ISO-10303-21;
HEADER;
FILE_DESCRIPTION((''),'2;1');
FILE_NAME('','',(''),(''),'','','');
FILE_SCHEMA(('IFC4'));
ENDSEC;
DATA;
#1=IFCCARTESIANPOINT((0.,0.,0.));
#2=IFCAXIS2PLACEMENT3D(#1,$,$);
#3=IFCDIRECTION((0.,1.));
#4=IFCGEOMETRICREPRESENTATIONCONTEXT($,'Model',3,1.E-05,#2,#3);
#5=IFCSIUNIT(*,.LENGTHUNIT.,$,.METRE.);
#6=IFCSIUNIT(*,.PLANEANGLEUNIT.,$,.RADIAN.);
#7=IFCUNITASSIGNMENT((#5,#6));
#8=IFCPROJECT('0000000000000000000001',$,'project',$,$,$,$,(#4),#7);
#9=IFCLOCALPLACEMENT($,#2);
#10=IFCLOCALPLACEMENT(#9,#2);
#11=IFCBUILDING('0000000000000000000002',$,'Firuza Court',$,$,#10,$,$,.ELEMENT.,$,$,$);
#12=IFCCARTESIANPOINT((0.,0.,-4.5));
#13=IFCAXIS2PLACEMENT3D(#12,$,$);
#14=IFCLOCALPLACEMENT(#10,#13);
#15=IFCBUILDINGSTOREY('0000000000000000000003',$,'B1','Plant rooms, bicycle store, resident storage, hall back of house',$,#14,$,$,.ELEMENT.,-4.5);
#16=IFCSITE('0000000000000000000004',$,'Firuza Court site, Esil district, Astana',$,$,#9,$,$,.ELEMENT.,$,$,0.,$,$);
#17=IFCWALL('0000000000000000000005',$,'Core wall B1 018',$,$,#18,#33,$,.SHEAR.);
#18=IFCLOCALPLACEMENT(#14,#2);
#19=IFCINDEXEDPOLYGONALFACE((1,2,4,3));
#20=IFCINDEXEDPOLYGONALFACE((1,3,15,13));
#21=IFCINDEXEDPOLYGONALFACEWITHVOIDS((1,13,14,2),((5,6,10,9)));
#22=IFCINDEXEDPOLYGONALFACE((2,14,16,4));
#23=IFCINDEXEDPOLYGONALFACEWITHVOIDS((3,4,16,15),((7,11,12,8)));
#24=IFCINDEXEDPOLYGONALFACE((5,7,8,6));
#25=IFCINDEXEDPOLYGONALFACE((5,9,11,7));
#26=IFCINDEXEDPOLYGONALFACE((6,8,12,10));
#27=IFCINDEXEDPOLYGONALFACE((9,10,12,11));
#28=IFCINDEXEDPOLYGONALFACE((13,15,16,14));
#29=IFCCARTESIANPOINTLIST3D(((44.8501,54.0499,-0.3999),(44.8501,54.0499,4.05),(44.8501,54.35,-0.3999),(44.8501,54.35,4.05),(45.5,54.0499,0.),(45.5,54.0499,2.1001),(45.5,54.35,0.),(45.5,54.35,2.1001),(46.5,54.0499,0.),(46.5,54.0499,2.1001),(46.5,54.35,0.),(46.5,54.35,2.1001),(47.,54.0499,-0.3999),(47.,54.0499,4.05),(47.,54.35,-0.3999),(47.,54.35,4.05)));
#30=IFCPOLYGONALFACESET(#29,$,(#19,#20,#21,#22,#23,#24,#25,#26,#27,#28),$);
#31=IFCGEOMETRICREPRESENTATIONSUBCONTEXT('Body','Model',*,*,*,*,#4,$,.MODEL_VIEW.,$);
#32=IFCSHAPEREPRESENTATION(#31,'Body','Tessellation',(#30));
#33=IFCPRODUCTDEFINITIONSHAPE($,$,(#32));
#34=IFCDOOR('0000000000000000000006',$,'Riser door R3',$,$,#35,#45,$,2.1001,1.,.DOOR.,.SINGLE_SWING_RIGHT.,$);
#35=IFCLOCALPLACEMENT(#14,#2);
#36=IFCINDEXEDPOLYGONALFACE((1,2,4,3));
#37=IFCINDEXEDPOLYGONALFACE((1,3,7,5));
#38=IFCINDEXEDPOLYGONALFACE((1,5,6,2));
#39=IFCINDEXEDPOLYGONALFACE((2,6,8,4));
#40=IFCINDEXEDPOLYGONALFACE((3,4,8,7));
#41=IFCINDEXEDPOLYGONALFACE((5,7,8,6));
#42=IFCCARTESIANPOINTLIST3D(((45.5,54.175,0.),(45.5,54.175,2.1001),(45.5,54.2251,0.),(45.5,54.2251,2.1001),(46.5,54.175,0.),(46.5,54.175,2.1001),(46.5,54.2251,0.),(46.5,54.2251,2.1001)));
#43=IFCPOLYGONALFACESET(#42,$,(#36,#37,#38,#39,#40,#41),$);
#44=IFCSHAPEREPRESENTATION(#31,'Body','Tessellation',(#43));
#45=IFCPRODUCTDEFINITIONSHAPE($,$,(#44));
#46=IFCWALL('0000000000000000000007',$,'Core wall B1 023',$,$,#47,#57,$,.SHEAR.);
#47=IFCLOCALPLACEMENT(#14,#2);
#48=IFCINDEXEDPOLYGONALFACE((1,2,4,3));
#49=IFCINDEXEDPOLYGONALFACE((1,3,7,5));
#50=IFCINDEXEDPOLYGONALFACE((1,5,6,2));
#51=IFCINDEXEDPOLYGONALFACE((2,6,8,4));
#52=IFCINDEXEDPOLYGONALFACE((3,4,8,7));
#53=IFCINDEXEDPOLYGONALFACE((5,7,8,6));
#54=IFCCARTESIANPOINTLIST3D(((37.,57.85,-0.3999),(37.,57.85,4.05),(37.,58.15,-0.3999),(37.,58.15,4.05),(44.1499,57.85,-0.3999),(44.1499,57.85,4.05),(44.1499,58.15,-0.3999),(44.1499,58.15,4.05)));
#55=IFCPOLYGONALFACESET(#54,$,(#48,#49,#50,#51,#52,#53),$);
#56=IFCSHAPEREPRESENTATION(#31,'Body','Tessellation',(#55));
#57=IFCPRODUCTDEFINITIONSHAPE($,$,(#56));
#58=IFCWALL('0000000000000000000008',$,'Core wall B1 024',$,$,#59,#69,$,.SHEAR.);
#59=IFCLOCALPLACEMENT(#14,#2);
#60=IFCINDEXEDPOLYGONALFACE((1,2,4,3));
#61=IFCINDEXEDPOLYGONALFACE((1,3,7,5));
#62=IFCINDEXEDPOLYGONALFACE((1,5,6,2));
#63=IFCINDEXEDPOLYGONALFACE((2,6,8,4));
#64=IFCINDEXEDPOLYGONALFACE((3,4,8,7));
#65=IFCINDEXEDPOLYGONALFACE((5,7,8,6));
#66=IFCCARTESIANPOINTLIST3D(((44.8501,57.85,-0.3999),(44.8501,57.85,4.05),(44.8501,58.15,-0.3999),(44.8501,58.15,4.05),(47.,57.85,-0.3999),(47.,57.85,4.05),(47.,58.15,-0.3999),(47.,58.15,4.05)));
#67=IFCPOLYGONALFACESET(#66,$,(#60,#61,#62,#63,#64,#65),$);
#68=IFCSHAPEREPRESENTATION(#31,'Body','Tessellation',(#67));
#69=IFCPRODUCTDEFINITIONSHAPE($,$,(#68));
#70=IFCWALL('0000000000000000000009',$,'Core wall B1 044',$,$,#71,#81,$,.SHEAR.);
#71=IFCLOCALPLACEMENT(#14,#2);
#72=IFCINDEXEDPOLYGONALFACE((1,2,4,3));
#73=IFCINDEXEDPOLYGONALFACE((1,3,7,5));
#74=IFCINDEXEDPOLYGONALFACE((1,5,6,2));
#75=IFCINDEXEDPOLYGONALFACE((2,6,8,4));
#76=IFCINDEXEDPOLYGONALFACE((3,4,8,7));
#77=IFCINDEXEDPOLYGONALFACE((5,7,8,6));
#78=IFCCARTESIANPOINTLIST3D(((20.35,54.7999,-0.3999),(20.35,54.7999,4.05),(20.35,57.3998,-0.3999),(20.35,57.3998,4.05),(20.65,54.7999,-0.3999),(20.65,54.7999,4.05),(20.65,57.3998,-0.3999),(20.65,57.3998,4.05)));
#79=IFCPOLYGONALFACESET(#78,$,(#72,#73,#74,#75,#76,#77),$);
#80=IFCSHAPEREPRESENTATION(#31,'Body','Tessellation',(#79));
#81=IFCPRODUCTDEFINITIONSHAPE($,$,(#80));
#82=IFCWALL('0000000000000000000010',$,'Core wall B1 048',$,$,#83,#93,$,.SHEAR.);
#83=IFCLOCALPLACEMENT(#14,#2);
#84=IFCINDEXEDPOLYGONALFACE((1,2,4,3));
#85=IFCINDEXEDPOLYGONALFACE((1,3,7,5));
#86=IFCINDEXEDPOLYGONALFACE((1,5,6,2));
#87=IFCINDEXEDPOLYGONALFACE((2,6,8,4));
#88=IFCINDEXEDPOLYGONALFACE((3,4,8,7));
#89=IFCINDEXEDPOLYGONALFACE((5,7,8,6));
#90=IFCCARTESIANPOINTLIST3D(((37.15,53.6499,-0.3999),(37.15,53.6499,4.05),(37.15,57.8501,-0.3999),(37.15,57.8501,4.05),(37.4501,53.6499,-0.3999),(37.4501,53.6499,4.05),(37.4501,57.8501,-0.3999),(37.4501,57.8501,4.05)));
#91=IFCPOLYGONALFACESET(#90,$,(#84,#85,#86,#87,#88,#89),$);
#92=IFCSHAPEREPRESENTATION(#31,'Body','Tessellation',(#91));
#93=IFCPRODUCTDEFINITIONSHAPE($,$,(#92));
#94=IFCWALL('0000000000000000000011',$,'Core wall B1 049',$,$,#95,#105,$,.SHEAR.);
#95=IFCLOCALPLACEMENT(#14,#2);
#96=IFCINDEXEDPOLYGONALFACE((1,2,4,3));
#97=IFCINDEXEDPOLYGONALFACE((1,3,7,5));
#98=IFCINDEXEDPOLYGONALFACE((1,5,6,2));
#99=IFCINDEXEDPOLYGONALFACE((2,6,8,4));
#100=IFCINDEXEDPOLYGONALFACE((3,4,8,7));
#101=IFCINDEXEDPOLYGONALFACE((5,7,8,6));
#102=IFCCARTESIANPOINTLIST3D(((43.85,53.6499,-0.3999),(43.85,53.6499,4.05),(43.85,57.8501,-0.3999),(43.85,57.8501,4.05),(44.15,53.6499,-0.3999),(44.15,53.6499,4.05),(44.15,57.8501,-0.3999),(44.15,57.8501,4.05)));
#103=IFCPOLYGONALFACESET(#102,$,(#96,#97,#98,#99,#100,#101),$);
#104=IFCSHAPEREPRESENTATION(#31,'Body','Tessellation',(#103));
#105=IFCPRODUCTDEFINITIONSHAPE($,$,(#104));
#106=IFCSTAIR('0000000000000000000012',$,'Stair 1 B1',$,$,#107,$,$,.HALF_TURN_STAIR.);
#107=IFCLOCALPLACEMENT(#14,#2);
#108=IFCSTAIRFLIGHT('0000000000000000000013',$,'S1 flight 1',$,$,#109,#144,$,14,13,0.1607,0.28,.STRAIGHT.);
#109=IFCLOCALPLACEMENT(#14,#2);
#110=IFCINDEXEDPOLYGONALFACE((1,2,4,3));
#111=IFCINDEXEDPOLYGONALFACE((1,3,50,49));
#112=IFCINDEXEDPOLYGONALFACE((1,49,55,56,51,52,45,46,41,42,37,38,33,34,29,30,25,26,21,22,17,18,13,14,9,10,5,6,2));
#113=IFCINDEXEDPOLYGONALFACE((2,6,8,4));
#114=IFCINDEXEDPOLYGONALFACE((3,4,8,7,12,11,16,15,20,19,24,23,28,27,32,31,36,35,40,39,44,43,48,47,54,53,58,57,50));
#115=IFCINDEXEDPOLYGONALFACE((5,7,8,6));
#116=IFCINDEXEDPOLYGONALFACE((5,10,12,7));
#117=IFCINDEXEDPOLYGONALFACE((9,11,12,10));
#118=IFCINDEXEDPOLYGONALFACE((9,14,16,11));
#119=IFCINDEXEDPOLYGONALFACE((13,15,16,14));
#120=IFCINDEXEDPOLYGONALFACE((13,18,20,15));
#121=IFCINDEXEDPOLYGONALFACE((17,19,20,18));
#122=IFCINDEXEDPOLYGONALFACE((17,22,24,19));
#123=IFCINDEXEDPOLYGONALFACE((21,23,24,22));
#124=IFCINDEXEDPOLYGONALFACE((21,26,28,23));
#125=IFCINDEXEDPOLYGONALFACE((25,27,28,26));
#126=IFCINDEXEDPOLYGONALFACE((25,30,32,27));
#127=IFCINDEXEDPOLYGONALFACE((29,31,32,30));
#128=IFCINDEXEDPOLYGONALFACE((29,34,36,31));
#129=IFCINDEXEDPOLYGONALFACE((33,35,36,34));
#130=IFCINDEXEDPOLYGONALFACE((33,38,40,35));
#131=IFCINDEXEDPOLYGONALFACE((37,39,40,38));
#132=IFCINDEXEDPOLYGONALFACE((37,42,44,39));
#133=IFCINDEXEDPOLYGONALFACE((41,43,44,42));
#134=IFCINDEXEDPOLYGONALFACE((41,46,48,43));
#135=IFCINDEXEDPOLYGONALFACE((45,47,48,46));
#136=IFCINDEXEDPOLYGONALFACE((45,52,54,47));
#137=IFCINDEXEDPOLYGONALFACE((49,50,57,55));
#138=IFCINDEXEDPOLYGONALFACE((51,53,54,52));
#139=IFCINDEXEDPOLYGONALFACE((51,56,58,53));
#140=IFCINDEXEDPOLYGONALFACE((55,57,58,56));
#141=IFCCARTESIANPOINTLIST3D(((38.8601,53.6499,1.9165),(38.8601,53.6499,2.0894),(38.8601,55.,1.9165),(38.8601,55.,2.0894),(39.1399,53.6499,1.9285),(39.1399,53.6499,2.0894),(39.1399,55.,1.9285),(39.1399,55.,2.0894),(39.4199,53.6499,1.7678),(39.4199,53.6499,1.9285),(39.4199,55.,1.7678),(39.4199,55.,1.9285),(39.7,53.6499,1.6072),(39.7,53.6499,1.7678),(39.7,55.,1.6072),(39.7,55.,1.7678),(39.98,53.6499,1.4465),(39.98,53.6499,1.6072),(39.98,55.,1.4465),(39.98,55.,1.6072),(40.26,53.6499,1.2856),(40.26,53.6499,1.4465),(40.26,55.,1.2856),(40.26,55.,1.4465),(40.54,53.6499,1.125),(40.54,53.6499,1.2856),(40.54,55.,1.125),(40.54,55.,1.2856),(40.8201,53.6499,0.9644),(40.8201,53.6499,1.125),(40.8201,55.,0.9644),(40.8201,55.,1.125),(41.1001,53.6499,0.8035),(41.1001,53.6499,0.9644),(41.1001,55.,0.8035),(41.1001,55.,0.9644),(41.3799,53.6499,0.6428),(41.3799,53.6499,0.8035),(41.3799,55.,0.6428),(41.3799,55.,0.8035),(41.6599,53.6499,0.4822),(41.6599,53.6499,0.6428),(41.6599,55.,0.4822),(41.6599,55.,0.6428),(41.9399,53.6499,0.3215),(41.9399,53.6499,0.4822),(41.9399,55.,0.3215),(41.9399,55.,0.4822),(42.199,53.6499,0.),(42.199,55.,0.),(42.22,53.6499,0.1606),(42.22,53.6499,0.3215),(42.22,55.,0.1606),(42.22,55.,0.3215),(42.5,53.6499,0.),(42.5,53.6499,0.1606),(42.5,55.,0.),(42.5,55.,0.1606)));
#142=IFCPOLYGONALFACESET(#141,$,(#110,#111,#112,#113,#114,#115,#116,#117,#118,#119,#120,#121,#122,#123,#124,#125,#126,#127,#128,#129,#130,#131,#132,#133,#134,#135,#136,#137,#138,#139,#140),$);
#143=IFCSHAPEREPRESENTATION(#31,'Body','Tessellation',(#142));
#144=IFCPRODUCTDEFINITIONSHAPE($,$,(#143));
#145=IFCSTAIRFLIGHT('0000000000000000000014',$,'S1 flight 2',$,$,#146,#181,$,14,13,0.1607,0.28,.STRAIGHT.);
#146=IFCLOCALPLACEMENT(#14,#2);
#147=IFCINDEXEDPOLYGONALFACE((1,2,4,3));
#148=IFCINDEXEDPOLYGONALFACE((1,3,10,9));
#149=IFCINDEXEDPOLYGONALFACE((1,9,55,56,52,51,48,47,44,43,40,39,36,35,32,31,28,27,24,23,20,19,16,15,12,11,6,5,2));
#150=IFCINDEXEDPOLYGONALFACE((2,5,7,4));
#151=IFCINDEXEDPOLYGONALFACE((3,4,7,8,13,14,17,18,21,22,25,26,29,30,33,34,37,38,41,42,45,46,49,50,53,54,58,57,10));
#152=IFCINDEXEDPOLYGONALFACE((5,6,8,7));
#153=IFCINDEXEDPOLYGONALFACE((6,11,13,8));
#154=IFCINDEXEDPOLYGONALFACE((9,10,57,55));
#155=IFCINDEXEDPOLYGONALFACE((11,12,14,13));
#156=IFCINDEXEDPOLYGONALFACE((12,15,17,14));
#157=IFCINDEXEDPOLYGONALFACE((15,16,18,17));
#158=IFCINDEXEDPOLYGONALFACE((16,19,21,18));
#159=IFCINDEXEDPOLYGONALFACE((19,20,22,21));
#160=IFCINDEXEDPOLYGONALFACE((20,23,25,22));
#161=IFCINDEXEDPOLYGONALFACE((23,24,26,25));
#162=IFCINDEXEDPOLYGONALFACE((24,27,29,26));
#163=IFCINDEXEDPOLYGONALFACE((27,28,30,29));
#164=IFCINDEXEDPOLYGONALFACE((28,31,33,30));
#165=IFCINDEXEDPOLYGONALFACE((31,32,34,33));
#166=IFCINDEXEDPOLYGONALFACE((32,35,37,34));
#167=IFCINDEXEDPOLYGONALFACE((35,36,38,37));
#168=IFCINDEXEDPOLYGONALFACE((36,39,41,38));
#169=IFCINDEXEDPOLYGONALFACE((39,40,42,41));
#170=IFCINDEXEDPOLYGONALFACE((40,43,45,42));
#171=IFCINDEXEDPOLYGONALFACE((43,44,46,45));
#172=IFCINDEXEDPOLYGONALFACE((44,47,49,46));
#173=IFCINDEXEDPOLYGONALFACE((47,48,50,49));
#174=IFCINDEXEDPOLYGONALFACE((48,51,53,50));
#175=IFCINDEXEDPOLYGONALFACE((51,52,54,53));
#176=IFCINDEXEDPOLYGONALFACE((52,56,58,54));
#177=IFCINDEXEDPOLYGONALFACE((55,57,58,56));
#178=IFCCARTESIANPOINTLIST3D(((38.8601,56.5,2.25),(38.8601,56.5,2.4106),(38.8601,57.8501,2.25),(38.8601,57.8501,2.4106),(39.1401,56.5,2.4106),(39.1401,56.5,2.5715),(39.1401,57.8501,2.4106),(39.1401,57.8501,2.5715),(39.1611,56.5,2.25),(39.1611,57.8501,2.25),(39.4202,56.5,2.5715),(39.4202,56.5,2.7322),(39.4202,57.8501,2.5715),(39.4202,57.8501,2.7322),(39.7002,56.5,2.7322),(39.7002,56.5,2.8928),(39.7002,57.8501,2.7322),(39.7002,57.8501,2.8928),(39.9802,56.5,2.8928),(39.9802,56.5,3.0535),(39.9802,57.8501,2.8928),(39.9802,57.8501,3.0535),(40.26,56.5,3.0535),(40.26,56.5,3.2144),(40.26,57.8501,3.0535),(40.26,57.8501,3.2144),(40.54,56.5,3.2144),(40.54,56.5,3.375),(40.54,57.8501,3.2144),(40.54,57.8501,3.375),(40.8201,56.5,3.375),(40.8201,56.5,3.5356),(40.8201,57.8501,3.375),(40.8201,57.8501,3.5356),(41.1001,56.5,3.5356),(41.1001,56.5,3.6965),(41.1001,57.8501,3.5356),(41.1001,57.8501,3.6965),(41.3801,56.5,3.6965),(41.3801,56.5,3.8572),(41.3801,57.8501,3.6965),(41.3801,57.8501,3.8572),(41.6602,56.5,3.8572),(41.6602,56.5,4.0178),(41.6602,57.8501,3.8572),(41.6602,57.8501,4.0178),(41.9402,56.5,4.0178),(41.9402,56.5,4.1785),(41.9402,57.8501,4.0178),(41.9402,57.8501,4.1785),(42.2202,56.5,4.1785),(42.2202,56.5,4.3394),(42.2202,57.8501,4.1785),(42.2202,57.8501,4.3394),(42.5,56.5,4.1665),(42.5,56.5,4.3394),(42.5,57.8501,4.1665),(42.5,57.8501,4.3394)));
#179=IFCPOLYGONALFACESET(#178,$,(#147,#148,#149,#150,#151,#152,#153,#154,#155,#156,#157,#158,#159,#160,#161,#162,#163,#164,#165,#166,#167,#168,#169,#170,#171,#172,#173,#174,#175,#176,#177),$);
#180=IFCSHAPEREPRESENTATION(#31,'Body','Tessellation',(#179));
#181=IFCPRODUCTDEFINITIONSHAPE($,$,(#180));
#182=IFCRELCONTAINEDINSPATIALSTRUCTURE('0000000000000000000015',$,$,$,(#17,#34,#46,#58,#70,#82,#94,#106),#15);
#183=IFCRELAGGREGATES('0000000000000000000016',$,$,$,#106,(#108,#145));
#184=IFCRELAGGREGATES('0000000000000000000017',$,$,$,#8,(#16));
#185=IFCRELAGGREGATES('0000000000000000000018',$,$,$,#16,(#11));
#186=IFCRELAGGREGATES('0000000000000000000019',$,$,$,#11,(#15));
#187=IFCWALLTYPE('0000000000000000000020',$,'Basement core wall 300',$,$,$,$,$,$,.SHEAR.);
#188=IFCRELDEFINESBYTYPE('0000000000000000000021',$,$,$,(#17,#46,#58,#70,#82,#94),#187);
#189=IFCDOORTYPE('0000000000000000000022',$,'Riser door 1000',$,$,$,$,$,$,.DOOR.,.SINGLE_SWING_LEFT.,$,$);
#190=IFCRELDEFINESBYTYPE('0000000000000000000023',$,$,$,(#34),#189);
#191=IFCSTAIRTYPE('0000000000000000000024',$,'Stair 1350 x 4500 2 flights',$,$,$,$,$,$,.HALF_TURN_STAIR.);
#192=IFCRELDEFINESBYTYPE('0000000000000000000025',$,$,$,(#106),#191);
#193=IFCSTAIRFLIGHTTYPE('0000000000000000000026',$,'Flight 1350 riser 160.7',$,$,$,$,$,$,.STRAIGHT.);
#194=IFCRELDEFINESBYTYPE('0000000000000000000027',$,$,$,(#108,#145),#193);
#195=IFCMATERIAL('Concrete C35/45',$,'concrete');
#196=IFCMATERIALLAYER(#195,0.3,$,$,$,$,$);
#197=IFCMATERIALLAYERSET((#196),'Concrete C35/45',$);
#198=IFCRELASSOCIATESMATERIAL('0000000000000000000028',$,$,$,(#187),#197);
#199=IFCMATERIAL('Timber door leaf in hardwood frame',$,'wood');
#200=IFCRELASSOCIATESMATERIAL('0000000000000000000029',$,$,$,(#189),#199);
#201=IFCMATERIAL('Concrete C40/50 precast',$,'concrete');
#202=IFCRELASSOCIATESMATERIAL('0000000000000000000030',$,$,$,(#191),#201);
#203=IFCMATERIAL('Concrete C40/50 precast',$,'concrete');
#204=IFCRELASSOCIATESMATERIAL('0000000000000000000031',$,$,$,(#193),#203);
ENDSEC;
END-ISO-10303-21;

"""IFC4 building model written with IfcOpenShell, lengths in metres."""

from ifc_helpers import new_model, si_unit, direction, frame, frame_2d, origin, place, context, subcontext, project, spatial, polyline, rectangle, outline, extrude, material, layer, layer_set, type_object, element, fill, aggregate, save


model = new_model("IFC4")

# Units and contexts
model_context = context("Model", 3, precision=1e-05, world=origin(), true_north=direction((0.0, 1.0)))
body_context = subcontext(model_context, "Body", "Model", "MODEL_VIEW")
ifc_project = project(units=[si_unit("LENGTHUNIT", "METRE"), si_unit("PLANEANGLEUNIT", "RADIAN")], contexts=[model_context])

# Site, building, storey
site_placement = place(None, origin())
site = spatial("IfcSite", under=ifc_project, at=site_placement, Name="Firuza Court site, Esil district, Astana", CompositionType="ELEMENT", RefElevation=0.0)
building_placement = place(site_placement, origin())
building = spatial("IfcBuilding", under=site, at=building_placement, Name="Firuza Court", CompositionType="ELEMENT")
storey_placement = place(building_placement, frame((0.0, 0.0, -4.5)))
storey = spatial("IfcBuildingStorey", under=building, at=storey_placement, Name="B1", Description="Plant rooms, bicycle store, resident storage, hall back of house", CompositionType="ELEMENT", Elevation=-4.5)

# Shared definitions
ifc_material_1 = material(Name="Concrete C35/45", Category="concrete")

# Wall, opening, door
ifc_layer_1 = layer(ifc_material_1, 0.3)
ifc_layer_set_1 = layer_set([ifc_layer_1], Name="Concrete C35/45")
wall_type_1 = type_object("IfcWallType", Name="Basement core wall 300", PredefinedType="SHEAR", material=ifc_layer_set_1)
wall_1_placement = place(storey_placement, frame((44.8501, 54.2, -0.3999), z_axis=(0.0, 0.0, 1.0), x_axis=(1.0, 0.0, 0.0)))
wall_1 = element("IfcWall", 1, at=wall_1_placement, inside=storey, type_object=wall_type_1, Name="Core wall B1 018", PredefinedType="SHEAR", context=body_context, shape_type="SweptSolid", body=[
    extrude(rectangle(XDim=2.1499, YDim=0.3, at=frame_2d((1.075, 0.0))), origin(), (0.0, 0.0, 1.0), 4.45),
])
opening_1_placement = place(wall_1_placement, frame((0.6499, 0.0, 0.3999)))
opening_1 = element("IfcOpeningElement", 2, at=opening_1_placement, cuts=wall_1, PredefinedType="OPENING", context=body_context, shape_type="SweptSolid", body=[
    extrude(rectangle(XDim=1.0, YDim=2.1001, at=frame_2d((0.5, 1.05))), frame((0.0, 0.1621, 0.0), z_axis=(0.0, -1.0, 0.0), x_axis=(1.0, 0.0, 0.0)), (0.0, 0.0, 1.0), 0.324),
])
ifc_material_2 = material(Name="Timber door leaf in hardwood frame", Category="wood")
door_type_1 = type_object("IfcDoorType", Name="Riser door 1000", OperationType="SINGLE_SWING_LEFT", PredefinedType="DOOR", material=ifc_material_2)
door_1_placement = place(opening_1_placement, frame((1.0, 0.0, 0.0), z_axis=(0.0, 0.0, 1.0), x_axis=(-1.0, 0.0, 0.0)))
door_1 = element("IfcDoor", 3, at=door_1_placement, inside=storey, type_object=door_type_1, Name="Riser door R3", OperationType="SINGLE_SWING_RIGHT", OverallHeight=2.1001, OverallWidth=1.0, PredefinedType="DOOR", context=body_context, shape_type="SweptSolid", body=[
    extrude(rectangle(XDim=1.0, YDim=2.1001, at=frame_2d((0.5, 1.05))), frame((0.0, 0.0249, 0.0), z_axis=(0.0, -1.0, 0.0), x_axis=(1.0, 0.0, 0.0)), (0.0, 0.0, 1.0), 0.05),
])
fill(opening_1, door_1)

# Walls
wall_2_placement = place(storey_placement, frame((37.0, 58.0, -0.3999), z_axis=(0.0, 0.0, 1.0), x_axis=(1.0, 0.0, 0.0)))
element("IfcWall", 4, at=wall_2_placement, inside=storey, type_object=wall_type_1, Name="Core wall B1 023", PredefinedType="SHEAR", context=body_context, shape_type="SweptSolid", body=[
    extrude(rectangle(XDim=7.1499, YDim=0.3, at=frame_2d((3.575, 0.0))), origin(), (0.0, 0.0, 1.0), 4.45),
])
wall_3_placement = place(storey_placement, frame((44.8501, 58.0, -0.3999), z_axis=(0.0, 0.0, 1.0), x_axis=(1.0, 0.0, 0.0)))
element("IfcWall", 5, at=wall_3_placement, inside=storey, type_object=wall_type_1, Name="Core wall B1 024", PredefinedType="SHEAR", context=body_context, shape_type="SweptSolid", body=[
    extrude(rectangle(XDim=2.1499, YDim=0.3, at=frame_2d((1.075, 0.0))), origin(), (0.0, 0.0, 1.0), 4.45),
])
wall_4_placement = place(storey_placement, frame((20.5, 54.8, -0.3999), z_axis=(0.0, 0.0, 1.0), x_axis=(0.0, 1.0, 0.0)))
element("IfcWall", 6, at=wall_4_placement, inside=storey, type_object=wall_type_1, Name="Core wall B1 044", PredefinedType="SHEAR", context=body_context, shape_type="SweptSolid", body=[
    extrude(rectangle(XDim=2.5999, YDim=0.3, at=frame_2d((1.2998, 0.0))), origin(), (0.0, 0.0, 1.0), 4.45),
])
for number, where, z_axis, x_axis, name in (
    (7, (37.3, 53.6499, -0.3999), (0.0, 0.0, 1.0), (0.0, 1.0, 0.0), "Core wall B1 048"),
    (8, (44.0, 53.6499, -0.3999), (0.0, 0.0, 1.0), (0.0, 1.0, 0.0), "Core wall B1 049"),
):
    element("IfcWall", number, at=place(storey_placement, frame(where, z_axis=z_axis, x_axis=x_axis)), inside=storey, type_object=wall_type_1, Name=name, PredefinedType="SHEAR", context=body_context, shape_type="SweptSolid", body=[
        extrude(rectangle(XDim=4.2002, YDim=0.3, at=frame_2d((2.1001, 0.0))), origin(), (0.0, 0.0, 1.0), 4.45),
    ])

# Stair, stair flights
ifc_material_3 = material(Name="Concrete C40/50 precast", Category="concrete")
stair_type = type_object("IfcStairType", Name="Stair 1350 x 4500 2 flights", PredefinedType="HALF_TURN_STAIR", material=ifc_material_3)
stair_placement = place(storey_placement, origin())
stair = element("IfcStair", 9, at=stair_placement, inside=storey, type_object=stair_type, Name="Stair 1 B1", PredefinedType="HALF_TURN_STAIR")
ifc_material_4 = material(Name="Concrete C40/50 precast", Category="concrete")
stair_flight_type = type_object("IfcStairFlightType", Name="Flight 1350 riser 160.7", PredefinedType="STRAIGHT", material=ifc_material_4)
stair_flight_1_placement = place(storey_placement, frame((42.5, 54.325, 0.0), z_axis=(0.0, 0.0, 1.0), x_axis=(-1.0, 0.0, 0.0)))
stair_flight_1 = element("IfcStairFlight", 10, at=stair_flight_1_placement, type_object=stair_flight_type, Name="S1 flight 1", NumberOfRisers=14, NumberOfTreads=13, PredefinedType="STRAIGHT", RiserHeight=0.1607, TreadLength=0.28, context=body_context, shape_type="SweptSolid", body=[
    extrude(outline(polyline([(0.0, 0.0), (0.0, 0.1606), (0.28, 0.1606), (0.28, 0.3215), (0.5601, 0.3215), (0.5601, 0.4822), (0.8401, 0.4822), (0.8401, 0.6428), (1.1201, 0.6428), (1.1201, 0.8035), (1.3999, 0.8035), (1.3999, 0.9644), (1.6799, 0.9644), (1.6799, 1.125), (1.96, 1.125), (1.96, 1.2856), (2.24, 1.2856), (2.24, 1.4465), (2.52, 1.4465), (2.52, 1.6072), (2.8, 1.6072), (2.8, 1.7678), (3.0801, 1.7678), (3.0801, 1.9285), (3.3601, 1.9285), (3.3601, 2.0894), (3.6399, 2.0894), (3.6399, 2.25), (3.6399, 1.9165), (0.301, 0.0), (0.0, 0.0)])), frame((0.0, 0.675, 0.0), z_axis=(0.0, -1.0, 0.0), x_axis=(1.0, 0.0, 0.0)), (0.0, 0.0, 1.0), 1.3501),
])
stair_flight_2_placement = place(storey_placement, frame((38.8601, 57.175, 2.25), z_axis=(0.0, 0.0, 1.0), x_axis=(1.0, 0.0, 0.0)))
stair_flight_2 = element("IfcStairFlight", 11, at=stair_flight_2_placement, type_object=stair_flight_type, Name="S1 flight 2", NumberOfRisers=14, NumberOfTreads=13, PredefinedType="STRAIGHT", RiserHeight=0.1607, TreadLength=0.28, context=body_context, shape_type="SweptSolid", body=[
    extrude(outline(polyline([(0.0, 0.0), (0.0, 0.1606), (0.28, 0.1606), (0.28, 0.3215), (0.5601, 0.3215), (0.5601, 0.4822), (0.8401, 0.4822), (0.8401, 0.6428), (1.1201, 0.6428), (1.1201, 0.8035), (1.3999, 0.8035), (1.3999, 0.9644), (1.6799, 0.9644), (1.6799, 1.125), (1.96, 1.125), (1.96, 1.2856), (2.24, 1.2856), (2.24, 1.4465), (2.52, 1.4465), (2.52, 1.6072), (2.8, 1.6072), (2.8, 1.7678), (3.0801, 1.7678), (3.0801, 1.9285), (3.3601, 1.9285), (3.3601, 2.0894), (3.6399, 2.0894), (3.6399, 2.25), (3.6399, 1.9165), (0.301, 0.0), (0.0, 0.0)])), frame((0.0, 0.675, 0.0), z_axis=(0.0, -1.0, 0.0), x_axis=(1.0, 0.0, 0.0)), (0.0, 0.0, 1.0), 1.3501),
])
aggregate(stair, [stair_flight_1, stair_flight_2])

save(model, "model.ifc")
